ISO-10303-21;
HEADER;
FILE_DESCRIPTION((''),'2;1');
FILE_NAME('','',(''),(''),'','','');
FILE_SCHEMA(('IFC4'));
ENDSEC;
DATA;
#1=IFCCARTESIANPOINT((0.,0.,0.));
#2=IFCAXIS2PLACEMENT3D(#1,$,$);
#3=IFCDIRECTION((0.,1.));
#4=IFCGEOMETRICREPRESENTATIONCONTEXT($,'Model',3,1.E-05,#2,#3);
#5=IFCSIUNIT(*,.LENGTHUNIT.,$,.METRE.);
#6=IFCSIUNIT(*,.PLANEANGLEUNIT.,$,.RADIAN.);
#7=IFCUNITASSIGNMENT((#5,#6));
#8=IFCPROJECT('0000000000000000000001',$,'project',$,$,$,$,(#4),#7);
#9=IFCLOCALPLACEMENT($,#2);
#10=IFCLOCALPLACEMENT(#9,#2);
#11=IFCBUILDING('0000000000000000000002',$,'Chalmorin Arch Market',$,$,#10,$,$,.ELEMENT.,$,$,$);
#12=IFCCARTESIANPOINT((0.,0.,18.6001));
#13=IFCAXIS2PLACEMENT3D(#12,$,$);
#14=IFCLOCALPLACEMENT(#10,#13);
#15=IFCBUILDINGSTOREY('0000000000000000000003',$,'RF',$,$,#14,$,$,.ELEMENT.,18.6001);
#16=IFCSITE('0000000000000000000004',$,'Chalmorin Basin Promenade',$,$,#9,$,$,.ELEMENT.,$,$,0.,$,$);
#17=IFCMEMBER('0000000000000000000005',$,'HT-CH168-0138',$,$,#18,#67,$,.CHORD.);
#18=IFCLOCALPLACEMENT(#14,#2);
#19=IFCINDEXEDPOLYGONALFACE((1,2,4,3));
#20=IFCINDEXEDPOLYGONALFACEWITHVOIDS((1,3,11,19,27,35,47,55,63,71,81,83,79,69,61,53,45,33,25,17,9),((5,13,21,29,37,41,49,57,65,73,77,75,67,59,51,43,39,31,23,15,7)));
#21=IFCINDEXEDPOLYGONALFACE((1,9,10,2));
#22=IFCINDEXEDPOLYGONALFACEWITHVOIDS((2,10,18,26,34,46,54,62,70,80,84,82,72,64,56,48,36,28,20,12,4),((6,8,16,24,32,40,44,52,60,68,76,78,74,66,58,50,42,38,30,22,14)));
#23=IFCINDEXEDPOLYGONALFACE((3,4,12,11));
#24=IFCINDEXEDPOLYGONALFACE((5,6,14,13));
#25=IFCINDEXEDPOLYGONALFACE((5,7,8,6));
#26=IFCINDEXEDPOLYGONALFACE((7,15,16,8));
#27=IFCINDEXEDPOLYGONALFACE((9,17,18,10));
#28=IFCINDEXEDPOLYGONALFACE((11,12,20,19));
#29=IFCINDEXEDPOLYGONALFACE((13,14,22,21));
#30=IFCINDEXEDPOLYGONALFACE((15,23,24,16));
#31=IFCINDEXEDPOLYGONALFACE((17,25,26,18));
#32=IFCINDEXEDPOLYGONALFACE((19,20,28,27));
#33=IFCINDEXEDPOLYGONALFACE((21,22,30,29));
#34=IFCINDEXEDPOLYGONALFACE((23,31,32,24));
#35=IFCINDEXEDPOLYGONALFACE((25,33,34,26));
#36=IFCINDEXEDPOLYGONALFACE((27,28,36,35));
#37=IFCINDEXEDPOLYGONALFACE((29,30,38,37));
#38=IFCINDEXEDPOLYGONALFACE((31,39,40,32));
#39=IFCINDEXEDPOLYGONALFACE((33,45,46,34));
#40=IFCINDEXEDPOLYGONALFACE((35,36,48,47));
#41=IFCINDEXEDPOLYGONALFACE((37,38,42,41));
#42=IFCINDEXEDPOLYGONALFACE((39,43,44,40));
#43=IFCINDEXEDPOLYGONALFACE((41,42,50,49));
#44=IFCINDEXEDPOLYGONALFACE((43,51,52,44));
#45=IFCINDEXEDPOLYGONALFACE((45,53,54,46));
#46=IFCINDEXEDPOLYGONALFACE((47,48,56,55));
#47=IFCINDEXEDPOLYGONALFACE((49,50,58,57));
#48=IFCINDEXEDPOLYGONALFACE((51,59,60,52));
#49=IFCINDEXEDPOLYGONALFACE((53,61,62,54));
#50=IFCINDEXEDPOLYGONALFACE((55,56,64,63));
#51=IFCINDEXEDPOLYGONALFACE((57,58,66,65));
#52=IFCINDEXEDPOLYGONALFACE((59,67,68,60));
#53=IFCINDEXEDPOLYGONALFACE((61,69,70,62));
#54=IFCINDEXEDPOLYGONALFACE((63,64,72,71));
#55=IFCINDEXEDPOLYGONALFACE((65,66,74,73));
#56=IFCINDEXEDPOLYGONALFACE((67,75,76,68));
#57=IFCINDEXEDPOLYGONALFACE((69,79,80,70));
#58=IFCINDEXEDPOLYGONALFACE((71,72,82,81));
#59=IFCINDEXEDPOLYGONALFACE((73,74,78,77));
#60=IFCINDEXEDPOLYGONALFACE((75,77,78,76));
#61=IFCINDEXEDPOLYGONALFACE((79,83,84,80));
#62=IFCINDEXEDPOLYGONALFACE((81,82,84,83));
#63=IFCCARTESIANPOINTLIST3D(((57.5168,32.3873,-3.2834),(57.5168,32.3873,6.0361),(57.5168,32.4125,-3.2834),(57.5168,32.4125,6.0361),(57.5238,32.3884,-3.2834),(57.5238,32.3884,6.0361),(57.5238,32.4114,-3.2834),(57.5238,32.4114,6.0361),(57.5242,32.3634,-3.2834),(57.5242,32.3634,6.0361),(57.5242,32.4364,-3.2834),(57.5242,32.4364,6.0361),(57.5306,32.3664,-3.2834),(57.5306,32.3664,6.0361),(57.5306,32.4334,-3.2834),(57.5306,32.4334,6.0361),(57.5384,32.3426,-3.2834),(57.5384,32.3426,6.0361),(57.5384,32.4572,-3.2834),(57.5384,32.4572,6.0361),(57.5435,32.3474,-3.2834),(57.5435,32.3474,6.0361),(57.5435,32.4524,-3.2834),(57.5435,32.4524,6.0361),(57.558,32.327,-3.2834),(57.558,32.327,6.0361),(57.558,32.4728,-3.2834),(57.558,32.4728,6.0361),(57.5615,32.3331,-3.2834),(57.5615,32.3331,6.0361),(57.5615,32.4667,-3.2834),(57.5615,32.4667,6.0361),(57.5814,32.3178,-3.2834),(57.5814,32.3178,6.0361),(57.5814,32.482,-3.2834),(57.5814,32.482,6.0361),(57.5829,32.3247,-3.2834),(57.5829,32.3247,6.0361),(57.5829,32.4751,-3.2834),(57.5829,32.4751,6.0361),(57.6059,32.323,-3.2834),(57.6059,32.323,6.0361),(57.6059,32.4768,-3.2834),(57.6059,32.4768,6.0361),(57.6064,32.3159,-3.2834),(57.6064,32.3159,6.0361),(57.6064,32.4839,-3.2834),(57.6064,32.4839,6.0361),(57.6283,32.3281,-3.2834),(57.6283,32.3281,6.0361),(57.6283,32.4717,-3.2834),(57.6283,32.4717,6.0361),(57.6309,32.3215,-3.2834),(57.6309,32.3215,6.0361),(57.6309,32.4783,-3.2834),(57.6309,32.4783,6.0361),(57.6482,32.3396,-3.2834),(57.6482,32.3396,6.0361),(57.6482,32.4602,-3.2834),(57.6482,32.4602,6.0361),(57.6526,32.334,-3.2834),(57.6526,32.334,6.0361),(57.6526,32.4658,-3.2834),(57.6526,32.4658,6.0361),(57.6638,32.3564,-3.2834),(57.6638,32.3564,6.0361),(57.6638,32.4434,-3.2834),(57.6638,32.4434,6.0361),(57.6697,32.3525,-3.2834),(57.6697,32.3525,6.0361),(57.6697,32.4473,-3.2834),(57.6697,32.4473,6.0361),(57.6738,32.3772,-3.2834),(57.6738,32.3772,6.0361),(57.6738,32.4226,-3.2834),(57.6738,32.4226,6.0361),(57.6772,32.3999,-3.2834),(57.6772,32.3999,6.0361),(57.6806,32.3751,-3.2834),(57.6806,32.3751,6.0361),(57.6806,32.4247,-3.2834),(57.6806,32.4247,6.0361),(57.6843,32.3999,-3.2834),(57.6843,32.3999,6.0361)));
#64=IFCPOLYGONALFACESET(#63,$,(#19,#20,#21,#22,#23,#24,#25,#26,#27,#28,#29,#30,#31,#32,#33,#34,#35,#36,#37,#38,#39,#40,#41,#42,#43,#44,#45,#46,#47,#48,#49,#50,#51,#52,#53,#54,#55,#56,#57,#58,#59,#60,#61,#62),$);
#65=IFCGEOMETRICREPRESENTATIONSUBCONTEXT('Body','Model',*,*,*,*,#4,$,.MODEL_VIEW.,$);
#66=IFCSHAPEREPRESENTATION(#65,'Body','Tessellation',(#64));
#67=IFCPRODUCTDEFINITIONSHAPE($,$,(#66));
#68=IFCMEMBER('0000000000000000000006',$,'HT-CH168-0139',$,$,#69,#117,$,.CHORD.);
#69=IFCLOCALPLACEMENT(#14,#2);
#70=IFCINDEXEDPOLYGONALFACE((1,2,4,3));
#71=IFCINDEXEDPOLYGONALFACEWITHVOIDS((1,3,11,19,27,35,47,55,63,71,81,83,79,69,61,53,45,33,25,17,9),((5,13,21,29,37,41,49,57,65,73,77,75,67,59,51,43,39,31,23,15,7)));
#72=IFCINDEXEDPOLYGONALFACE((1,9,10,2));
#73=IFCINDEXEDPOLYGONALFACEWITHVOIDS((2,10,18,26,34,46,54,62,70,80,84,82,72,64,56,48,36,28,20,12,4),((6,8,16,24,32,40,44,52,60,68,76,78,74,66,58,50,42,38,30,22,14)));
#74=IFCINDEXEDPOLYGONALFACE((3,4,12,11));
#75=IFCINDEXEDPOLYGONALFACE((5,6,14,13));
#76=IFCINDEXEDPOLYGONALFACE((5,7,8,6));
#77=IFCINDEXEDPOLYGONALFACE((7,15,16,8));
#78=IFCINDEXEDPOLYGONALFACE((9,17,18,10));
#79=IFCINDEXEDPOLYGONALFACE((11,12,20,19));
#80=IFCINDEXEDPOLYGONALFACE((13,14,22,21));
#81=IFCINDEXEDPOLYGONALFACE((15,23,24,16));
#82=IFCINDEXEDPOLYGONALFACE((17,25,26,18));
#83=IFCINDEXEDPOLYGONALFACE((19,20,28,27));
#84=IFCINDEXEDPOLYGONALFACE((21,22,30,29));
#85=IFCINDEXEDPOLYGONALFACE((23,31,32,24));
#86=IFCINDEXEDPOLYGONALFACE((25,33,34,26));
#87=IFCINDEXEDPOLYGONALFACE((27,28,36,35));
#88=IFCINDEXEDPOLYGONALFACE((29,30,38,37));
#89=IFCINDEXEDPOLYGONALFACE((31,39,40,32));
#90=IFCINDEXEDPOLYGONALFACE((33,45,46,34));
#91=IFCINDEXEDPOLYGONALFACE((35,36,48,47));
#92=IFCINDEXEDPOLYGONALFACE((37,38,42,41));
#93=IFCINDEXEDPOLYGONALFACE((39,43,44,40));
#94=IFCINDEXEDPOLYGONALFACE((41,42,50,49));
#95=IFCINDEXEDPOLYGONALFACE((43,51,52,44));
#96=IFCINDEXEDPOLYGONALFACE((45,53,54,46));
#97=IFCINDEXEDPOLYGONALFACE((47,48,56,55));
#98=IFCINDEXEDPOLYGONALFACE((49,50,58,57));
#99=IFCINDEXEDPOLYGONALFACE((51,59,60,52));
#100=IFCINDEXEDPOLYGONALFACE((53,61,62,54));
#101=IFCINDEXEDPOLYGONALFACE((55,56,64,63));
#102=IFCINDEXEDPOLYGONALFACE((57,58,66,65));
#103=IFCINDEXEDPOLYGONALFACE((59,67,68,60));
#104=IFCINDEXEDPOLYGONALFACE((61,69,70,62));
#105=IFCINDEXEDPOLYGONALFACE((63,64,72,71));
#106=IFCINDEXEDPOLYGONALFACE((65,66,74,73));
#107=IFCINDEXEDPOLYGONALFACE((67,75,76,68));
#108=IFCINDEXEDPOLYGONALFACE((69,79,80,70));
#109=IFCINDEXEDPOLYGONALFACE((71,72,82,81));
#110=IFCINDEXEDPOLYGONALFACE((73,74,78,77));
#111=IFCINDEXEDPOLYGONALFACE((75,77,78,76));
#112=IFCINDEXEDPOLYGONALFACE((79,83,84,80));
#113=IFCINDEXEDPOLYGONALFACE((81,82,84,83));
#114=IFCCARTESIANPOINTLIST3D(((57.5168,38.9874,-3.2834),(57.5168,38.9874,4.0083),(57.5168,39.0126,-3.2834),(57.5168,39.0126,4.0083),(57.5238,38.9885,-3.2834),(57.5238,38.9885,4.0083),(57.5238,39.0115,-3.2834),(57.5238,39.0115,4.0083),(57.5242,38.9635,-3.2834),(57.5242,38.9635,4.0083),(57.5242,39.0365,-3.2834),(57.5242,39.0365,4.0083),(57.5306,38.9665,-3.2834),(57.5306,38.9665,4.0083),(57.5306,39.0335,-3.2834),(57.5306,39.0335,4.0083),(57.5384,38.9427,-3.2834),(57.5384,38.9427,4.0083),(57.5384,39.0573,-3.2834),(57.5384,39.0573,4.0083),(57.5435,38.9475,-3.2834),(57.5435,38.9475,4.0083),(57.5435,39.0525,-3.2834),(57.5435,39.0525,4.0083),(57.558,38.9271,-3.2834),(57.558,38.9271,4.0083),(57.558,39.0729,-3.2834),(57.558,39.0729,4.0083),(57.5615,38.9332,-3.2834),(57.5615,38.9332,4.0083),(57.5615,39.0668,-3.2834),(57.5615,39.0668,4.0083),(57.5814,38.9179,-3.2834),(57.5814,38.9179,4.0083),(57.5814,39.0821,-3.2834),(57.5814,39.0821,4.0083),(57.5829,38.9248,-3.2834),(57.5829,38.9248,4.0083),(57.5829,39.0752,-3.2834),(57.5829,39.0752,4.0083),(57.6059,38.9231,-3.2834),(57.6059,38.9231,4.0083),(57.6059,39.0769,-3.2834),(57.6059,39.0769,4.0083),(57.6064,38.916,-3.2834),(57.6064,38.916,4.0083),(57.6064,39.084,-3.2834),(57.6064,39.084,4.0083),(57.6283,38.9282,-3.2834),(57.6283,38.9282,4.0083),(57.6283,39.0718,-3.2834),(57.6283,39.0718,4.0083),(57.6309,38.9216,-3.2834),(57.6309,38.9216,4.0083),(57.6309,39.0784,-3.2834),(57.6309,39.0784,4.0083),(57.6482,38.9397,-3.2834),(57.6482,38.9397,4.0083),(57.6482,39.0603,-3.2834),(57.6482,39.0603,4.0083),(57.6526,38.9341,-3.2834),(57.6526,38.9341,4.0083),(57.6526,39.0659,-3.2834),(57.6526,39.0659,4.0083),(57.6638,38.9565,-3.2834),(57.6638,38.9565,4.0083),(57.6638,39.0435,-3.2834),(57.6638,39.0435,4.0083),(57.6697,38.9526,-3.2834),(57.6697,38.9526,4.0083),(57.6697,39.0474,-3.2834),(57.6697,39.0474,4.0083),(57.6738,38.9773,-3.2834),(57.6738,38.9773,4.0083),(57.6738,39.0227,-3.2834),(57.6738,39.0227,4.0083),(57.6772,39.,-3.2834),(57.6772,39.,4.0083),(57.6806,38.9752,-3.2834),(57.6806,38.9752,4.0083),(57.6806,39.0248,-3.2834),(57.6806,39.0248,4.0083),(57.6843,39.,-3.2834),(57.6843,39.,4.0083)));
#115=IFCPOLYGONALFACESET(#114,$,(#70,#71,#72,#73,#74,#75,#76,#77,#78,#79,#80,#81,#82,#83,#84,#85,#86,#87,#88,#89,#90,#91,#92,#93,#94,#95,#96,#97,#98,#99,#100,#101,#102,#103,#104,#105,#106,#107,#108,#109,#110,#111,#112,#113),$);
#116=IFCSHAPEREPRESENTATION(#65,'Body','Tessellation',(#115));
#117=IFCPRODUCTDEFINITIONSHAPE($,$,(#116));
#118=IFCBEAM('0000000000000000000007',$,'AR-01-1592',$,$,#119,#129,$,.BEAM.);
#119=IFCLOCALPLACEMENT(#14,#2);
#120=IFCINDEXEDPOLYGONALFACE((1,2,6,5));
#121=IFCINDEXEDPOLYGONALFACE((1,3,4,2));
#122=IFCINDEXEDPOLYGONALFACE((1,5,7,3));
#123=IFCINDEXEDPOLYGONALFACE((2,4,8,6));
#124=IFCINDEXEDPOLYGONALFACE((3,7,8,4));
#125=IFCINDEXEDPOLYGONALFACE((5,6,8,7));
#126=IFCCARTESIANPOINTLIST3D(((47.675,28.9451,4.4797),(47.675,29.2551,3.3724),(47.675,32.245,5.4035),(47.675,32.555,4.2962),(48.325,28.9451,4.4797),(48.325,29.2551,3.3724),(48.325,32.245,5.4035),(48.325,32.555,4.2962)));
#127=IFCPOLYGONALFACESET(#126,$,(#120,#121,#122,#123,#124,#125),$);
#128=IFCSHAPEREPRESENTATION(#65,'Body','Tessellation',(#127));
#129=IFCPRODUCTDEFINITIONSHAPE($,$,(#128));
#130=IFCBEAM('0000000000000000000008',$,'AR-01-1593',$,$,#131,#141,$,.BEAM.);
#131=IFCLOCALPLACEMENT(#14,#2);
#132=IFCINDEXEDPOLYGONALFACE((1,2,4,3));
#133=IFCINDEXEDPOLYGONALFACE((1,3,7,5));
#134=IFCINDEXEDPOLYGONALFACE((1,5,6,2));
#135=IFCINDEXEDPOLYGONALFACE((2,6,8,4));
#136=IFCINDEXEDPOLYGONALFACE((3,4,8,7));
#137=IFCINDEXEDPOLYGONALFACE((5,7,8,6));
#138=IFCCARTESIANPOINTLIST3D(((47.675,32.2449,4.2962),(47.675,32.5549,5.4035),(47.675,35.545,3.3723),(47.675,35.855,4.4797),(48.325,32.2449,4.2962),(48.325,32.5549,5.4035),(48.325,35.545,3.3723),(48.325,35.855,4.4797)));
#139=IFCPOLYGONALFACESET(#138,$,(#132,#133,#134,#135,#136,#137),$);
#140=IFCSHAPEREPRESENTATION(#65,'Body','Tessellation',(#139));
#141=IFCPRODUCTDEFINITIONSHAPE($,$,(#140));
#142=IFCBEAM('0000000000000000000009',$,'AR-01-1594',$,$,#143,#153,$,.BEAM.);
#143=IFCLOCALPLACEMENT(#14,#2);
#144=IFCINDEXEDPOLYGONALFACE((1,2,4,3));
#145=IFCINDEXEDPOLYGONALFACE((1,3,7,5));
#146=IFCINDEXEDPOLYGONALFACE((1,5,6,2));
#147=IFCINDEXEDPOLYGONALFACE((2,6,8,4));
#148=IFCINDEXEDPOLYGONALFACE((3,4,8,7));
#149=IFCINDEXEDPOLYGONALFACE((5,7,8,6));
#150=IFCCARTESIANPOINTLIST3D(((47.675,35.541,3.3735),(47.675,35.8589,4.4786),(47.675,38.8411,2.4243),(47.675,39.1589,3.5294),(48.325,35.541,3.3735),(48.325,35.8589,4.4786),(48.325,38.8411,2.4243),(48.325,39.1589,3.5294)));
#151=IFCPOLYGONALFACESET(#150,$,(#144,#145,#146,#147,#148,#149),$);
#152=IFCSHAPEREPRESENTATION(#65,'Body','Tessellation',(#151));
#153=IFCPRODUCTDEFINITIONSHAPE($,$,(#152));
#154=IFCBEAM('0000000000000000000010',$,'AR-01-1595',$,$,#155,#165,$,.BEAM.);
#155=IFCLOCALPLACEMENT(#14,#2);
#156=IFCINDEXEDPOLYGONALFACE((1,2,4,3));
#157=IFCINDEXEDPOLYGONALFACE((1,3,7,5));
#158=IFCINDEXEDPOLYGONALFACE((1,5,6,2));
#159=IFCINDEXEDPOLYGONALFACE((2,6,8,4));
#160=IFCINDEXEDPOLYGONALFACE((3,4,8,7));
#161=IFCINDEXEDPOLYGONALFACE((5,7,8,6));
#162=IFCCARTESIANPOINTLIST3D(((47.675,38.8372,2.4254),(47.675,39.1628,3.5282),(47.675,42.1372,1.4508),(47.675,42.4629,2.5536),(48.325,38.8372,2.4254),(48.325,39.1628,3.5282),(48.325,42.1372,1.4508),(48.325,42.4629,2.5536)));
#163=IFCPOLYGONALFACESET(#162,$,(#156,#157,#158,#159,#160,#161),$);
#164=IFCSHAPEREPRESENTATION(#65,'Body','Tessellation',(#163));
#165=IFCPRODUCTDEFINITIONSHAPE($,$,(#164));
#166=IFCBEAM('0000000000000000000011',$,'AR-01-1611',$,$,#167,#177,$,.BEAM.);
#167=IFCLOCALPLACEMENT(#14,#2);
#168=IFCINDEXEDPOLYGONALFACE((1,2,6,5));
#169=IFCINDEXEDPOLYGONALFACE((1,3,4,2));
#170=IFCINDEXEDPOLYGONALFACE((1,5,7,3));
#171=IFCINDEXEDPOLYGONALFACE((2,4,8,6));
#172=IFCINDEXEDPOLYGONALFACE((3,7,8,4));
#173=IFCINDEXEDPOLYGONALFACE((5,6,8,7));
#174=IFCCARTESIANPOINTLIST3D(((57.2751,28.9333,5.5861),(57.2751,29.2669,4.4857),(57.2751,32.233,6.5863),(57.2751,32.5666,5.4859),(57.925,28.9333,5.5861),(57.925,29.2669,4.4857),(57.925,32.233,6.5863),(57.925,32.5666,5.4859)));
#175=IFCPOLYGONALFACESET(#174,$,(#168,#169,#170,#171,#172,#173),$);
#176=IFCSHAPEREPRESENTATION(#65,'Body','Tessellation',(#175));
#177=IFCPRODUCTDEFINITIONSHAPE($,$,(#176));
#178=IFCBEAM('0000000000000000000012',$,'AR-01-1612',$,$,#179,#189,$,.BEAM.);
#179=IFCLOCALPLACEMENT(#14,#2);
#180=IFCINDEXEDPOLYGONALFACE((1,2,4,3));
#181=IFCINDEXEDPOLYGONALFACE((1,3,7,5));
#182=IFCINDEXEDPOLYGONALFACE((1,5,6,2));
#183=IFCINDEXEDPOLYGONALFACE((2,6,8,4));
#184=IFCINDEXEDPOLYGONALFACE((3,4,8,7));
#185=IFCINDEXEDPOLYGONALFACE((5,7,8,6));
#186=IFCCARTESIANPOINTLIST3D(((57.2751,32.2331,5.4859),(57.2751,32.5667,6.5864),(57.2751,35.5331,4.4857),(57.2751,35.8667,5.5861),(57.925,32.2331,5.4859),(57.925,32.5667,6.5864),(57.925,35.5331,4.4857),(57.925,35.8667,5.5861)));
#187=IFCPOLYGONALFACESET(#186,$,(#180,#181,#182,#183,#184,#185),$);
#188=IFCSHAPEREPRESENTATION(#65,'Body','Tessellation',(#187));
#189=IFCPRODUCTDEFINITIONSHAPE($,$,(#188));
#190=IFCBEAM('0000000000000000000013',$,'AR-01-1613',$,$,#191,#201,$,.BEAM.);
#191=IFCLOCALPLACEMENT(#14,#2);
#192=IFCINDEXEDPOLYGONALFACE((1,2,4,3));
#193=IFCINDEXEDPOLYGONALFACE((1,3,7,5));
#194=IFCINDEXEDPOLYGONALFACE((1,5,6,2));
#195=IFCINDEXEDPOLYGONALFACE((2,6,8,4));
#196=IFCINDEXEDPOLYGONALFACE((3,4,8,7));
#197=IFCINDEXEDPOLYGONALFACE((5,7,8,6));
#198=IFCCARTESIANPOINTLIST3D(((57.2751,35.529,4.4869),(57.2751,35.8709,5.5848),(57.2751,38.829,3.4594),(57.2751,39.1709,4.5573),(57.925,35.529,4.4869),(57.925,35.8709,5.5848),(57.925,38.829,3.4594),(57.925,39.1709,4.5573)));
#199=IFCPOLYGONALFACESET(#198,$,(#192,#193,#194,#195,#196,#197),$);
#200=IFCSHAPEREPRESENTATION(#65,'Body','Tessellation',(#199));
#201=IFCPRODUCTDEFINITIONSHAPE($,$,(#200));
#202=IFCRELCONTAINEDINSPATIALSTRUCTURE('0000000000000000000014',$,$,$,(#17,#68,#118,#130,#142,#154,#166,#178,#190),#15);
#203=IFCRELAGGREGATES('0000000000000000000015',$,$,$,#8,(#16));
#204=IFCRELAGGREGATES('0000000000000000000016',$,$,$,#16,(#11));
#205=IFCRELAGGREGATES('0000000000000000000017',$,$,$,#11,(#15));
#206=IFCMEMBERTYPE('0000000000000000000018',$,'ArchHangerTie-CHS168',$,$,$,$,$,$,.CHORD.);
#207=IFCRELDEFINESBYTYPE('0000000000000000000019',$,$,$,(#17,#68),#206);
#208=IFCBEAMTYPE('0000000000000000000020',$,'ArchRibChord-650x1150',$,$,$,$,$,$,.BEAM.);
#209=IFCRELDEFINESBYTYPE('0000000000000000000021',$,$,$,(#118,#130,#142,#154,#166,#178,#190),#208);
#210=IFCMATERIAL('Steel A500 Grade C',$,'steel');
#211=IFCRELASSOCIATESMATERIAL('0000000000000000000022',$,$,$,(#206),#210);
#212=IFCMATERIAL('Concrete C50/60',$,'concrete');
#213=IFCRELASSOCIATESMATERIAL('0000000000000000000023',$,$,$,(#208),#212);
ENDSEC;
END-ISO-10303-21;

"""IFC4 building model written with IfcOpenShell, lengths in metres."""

from ifc_helpers import new_model, si_unit, direction, frame, origin, origin_2d, place, context, subcontext, project, spatial, rectangle, hollow_circle, extrude, material, material_profile, profile_set, type_object, element, save


model = new_model("IFC4")

# Units and contexts
model_context = context("Model", 3, precision=1e-05, world=origin(), true_north=direction((0.0, 1.0)))
body_context = subcontext(model_context, "Body", "Model", "MODEL_VIEW")
ifc_project = project(units=[si_unit("LENGTHUNIT", "METRE"), si_unit("PLANEANGLEUNIT", "RADIAN")], contexts=[model_context])

# Site, building, storey
site_placement = place(None, origin())
site = spatial("IfcSite", under=ifc_project, at=site_placement, Name="Chalmorin Basin Promenade", CompositionType="ELEMENT", RefElevation=0.0)
building_placement = place(site_placement, origin())
building = spatial("IfcBuilding", under=site, at=building_placement, Name="Chalmorin Arch Market", CompositionType="ELEMENT")
storey_placement = place(building_placement, frame((0.0, 0.0, 18.6001)))
storey = spatial("IfcBuildingStorey", under=building, at=storey_placement, Name="RF", CompositionType="ELEMENT", Elevation=18.6001)

# Members
ifc_material_1 = material(Name="Steel A500 Grade C", Category="steel")
ifc_material_profile_1 = material_profile(ifc_material_1, hollow_circle(Radius=0.0842, WallThickness=0.0071, at=origin_2d()), Name="CHS168X7")
ifc_profile_set_1 = profile_set([ifc_material_profile_1], Name="Steel A500 Grade C")
member_type_1 = type_object("IfcMemberType", Name="ArchHangerTie-CHS168", PredefinedType="CHORD", material=ifc_profile_set_1)
member_1_placement = place(storey_placement, frame((57.6001, 32.3999, -3.2834), z_axis=(0.0, 0.0, 1.0), x_axis=(1.0, 0.0, 0.0)))
element("IfcMember", 1, at=member_1_placement, inside=storey, type_object=member_type_1, Name="HT-CH168-0138", PredefinedType="CHORD", context=body_context, shape_type="SweptSolid", body=[
    extrude(hollow_circle(Radius=0.0842, WallThickness=0.0071, at=origin_2d()), origin(), (0.0, 0.0, 1.0), 9.3196),
])
member_2_placement = place(storey_placement, frame((57.6001, 39.0, -3.2834), z_axis=(0.0, 0.0, 1.0), x_axis=(1.0, 0.0, 0.0)))
element("IfcMember", 2, at=member_2_placement, inside=storey, type_object=member_type_1, Name="HT-CH168-0139", PredefinedType="CHORD", context=body_context, shape_type="SweptSolid", body=[
    extrude(hollow_circle(Radius=0.0842, WallThickness=0.0071, at=origin_2d()), origin(), (0.0, 0.0, 1.0), 7.2917),
])

# Beams
ifc_material_2 = material(Name="Concrete C50/60", Category="concrete")
ifc_material_profile_2 = material_profile(ifc_material_2, rectangle(XDim=0.6499, YDim=1.1499, at=origin_2d()), Name="RC650X1150")
ifc_profile_set_2 = profile_set([ifc_material_profile_2], Name="Concrete C50/60")
beam_type = type_object("IfcBeamType", Name="ArchRibChord-650x1150", PredefinedType="BEAM", material=ifc_profile_set_2)
beam_1_placement = place(storey_placement, frame((48.0, 29.1001, 3.926), z_axis=(0.0, 0.962973, 0.269598), x_axis=(-1.0, 0.0, 0.0)))
element("IfcBeam", 3, at=beam_1_placement, inside=storey, type_object=beam_type, Name="AR-01-1592", PredefinedType="BEAM", context=body_context, shape_type="SweptSolid", body=[
    extrude(rectangle(XDim=0.6499, YDim=1.1499, at=origin_2d()), origin(), (0.0, 0.0, 1.0), 3.4268),
])
beam_2_placement = place(storey_placement, frame((48.0, 32.3999, 4.8499), z_axis=(0.0, 0.962978, -0.26958), x_axis=(-1.0, 0.0, 0.0)))
element("IfcBeam", 4, at=beam_2_placement, inside=storey, type_object=beam_type, Name="AR-01-1593", PredefinedType="BEAM", context=body_context, shape_type="SweptSolid", body=[
    extrude(rectangle(XDim=0.6499, YDim=1.1499, at=origin_2d()), origin(), (0.0, 0.0, 1.0), 3.427),
])
beam_3_placement = place(storey_placement, frame((48.0, 35.7, 3.926), z_axis=(0.0, 0.961034, -0.27643), x_axis=(-1.0, 0.0, 0.0)))
element("IfcBeam", 5, at=beam_3_placement, inside=storey, type_object=beam_type, Name="AR-01-1594", PredefinedType="BEAM", context=body_context, shape_type="SweptSolid", body=[
    extrude(rectangle(XDim=0.6499, YDim=1.1499, at=origin_2d()), origin(), (0.0, 0.0, 1.0), 3.4338),
])
beam_4_placement = place(storey_placement, frame((48.0, 39.0, 2.9768), z_axis=(0.0, 0.95905, -0.283238), x_axis=(-1.0, 0.0, 0.0)))
element("IfcBeam", 6, at=beam_4_placement, inside=storey, type_object=beam_type, Name="AR-01-1595", PredefinedType="BEAM", context=body_context, shape_type="SweptSolid", body=[
    extrude(rectangle(XDim=0.6499, YDim=1.1499, at=origin_2d()), origin(), (0.0, 0.0, 1.0), 3.4409),
])
beam_5_placement = place(storey_placement, frame((57.6001, 29.1001, 5.0359), z_axis=(0.0, 0.957, 0.290088), x_axis=(-1.0, 0.0, 0.0)))
element("IfcBeam", 7, at=beam_5_placement, inside=storey, type_object=beam_type, Name="AR-01-1611", PredefinedType="BEAM", context=body_context, shape_type="SweptSolid", body=[
    extrude(rectangle(XDim=0.6499, YDim=1.1499, at=origin_2d()), origin(), (0.0, 0.0, 1.0), 3.448),
])
beam_6_placement = place(storey_placement, frame((57.6001, 32.3999, 6.0361), z_axis=(0.0, 0.957006, -0.290068), x_axis=(-1.0, 0.0, 0.0)))
element("IfcBeam", 8, at=beam_6_placement, inside=storey, type_object=beam_type, Name="AR-01-1612", PredefinedType="BEAM", context=body_context, shape_type="SweptSolid", body=[
    extrude(rectangle(XDim=0.6499, YDim=1.1499, at=origin_2d()), origin(), (0.0, 0.0, 1.0), 3.4482),
])
beam_7_placement = place(storey_placement, frame((57.6001, 35.7, 5.0359), z_axis=(0.0, 0.954782, -0.297306), x_axis=(-1.0, 0.0, 0.0)))
element("IfcBeam", 9, at=beam_7_placement, inside=storey, type_object=beam_type, Name="AR-01-1613", PredefinedType="BEAM", context=body_context, shape_type="SweptSolid", body=[
    extrude(rectangle(XDim=0.6499, YDim=1.1499, at=origin_2d()), origin(), (0.0, 0.0, 1.0), 3.4563),
])

save(model, "model.ifc")
